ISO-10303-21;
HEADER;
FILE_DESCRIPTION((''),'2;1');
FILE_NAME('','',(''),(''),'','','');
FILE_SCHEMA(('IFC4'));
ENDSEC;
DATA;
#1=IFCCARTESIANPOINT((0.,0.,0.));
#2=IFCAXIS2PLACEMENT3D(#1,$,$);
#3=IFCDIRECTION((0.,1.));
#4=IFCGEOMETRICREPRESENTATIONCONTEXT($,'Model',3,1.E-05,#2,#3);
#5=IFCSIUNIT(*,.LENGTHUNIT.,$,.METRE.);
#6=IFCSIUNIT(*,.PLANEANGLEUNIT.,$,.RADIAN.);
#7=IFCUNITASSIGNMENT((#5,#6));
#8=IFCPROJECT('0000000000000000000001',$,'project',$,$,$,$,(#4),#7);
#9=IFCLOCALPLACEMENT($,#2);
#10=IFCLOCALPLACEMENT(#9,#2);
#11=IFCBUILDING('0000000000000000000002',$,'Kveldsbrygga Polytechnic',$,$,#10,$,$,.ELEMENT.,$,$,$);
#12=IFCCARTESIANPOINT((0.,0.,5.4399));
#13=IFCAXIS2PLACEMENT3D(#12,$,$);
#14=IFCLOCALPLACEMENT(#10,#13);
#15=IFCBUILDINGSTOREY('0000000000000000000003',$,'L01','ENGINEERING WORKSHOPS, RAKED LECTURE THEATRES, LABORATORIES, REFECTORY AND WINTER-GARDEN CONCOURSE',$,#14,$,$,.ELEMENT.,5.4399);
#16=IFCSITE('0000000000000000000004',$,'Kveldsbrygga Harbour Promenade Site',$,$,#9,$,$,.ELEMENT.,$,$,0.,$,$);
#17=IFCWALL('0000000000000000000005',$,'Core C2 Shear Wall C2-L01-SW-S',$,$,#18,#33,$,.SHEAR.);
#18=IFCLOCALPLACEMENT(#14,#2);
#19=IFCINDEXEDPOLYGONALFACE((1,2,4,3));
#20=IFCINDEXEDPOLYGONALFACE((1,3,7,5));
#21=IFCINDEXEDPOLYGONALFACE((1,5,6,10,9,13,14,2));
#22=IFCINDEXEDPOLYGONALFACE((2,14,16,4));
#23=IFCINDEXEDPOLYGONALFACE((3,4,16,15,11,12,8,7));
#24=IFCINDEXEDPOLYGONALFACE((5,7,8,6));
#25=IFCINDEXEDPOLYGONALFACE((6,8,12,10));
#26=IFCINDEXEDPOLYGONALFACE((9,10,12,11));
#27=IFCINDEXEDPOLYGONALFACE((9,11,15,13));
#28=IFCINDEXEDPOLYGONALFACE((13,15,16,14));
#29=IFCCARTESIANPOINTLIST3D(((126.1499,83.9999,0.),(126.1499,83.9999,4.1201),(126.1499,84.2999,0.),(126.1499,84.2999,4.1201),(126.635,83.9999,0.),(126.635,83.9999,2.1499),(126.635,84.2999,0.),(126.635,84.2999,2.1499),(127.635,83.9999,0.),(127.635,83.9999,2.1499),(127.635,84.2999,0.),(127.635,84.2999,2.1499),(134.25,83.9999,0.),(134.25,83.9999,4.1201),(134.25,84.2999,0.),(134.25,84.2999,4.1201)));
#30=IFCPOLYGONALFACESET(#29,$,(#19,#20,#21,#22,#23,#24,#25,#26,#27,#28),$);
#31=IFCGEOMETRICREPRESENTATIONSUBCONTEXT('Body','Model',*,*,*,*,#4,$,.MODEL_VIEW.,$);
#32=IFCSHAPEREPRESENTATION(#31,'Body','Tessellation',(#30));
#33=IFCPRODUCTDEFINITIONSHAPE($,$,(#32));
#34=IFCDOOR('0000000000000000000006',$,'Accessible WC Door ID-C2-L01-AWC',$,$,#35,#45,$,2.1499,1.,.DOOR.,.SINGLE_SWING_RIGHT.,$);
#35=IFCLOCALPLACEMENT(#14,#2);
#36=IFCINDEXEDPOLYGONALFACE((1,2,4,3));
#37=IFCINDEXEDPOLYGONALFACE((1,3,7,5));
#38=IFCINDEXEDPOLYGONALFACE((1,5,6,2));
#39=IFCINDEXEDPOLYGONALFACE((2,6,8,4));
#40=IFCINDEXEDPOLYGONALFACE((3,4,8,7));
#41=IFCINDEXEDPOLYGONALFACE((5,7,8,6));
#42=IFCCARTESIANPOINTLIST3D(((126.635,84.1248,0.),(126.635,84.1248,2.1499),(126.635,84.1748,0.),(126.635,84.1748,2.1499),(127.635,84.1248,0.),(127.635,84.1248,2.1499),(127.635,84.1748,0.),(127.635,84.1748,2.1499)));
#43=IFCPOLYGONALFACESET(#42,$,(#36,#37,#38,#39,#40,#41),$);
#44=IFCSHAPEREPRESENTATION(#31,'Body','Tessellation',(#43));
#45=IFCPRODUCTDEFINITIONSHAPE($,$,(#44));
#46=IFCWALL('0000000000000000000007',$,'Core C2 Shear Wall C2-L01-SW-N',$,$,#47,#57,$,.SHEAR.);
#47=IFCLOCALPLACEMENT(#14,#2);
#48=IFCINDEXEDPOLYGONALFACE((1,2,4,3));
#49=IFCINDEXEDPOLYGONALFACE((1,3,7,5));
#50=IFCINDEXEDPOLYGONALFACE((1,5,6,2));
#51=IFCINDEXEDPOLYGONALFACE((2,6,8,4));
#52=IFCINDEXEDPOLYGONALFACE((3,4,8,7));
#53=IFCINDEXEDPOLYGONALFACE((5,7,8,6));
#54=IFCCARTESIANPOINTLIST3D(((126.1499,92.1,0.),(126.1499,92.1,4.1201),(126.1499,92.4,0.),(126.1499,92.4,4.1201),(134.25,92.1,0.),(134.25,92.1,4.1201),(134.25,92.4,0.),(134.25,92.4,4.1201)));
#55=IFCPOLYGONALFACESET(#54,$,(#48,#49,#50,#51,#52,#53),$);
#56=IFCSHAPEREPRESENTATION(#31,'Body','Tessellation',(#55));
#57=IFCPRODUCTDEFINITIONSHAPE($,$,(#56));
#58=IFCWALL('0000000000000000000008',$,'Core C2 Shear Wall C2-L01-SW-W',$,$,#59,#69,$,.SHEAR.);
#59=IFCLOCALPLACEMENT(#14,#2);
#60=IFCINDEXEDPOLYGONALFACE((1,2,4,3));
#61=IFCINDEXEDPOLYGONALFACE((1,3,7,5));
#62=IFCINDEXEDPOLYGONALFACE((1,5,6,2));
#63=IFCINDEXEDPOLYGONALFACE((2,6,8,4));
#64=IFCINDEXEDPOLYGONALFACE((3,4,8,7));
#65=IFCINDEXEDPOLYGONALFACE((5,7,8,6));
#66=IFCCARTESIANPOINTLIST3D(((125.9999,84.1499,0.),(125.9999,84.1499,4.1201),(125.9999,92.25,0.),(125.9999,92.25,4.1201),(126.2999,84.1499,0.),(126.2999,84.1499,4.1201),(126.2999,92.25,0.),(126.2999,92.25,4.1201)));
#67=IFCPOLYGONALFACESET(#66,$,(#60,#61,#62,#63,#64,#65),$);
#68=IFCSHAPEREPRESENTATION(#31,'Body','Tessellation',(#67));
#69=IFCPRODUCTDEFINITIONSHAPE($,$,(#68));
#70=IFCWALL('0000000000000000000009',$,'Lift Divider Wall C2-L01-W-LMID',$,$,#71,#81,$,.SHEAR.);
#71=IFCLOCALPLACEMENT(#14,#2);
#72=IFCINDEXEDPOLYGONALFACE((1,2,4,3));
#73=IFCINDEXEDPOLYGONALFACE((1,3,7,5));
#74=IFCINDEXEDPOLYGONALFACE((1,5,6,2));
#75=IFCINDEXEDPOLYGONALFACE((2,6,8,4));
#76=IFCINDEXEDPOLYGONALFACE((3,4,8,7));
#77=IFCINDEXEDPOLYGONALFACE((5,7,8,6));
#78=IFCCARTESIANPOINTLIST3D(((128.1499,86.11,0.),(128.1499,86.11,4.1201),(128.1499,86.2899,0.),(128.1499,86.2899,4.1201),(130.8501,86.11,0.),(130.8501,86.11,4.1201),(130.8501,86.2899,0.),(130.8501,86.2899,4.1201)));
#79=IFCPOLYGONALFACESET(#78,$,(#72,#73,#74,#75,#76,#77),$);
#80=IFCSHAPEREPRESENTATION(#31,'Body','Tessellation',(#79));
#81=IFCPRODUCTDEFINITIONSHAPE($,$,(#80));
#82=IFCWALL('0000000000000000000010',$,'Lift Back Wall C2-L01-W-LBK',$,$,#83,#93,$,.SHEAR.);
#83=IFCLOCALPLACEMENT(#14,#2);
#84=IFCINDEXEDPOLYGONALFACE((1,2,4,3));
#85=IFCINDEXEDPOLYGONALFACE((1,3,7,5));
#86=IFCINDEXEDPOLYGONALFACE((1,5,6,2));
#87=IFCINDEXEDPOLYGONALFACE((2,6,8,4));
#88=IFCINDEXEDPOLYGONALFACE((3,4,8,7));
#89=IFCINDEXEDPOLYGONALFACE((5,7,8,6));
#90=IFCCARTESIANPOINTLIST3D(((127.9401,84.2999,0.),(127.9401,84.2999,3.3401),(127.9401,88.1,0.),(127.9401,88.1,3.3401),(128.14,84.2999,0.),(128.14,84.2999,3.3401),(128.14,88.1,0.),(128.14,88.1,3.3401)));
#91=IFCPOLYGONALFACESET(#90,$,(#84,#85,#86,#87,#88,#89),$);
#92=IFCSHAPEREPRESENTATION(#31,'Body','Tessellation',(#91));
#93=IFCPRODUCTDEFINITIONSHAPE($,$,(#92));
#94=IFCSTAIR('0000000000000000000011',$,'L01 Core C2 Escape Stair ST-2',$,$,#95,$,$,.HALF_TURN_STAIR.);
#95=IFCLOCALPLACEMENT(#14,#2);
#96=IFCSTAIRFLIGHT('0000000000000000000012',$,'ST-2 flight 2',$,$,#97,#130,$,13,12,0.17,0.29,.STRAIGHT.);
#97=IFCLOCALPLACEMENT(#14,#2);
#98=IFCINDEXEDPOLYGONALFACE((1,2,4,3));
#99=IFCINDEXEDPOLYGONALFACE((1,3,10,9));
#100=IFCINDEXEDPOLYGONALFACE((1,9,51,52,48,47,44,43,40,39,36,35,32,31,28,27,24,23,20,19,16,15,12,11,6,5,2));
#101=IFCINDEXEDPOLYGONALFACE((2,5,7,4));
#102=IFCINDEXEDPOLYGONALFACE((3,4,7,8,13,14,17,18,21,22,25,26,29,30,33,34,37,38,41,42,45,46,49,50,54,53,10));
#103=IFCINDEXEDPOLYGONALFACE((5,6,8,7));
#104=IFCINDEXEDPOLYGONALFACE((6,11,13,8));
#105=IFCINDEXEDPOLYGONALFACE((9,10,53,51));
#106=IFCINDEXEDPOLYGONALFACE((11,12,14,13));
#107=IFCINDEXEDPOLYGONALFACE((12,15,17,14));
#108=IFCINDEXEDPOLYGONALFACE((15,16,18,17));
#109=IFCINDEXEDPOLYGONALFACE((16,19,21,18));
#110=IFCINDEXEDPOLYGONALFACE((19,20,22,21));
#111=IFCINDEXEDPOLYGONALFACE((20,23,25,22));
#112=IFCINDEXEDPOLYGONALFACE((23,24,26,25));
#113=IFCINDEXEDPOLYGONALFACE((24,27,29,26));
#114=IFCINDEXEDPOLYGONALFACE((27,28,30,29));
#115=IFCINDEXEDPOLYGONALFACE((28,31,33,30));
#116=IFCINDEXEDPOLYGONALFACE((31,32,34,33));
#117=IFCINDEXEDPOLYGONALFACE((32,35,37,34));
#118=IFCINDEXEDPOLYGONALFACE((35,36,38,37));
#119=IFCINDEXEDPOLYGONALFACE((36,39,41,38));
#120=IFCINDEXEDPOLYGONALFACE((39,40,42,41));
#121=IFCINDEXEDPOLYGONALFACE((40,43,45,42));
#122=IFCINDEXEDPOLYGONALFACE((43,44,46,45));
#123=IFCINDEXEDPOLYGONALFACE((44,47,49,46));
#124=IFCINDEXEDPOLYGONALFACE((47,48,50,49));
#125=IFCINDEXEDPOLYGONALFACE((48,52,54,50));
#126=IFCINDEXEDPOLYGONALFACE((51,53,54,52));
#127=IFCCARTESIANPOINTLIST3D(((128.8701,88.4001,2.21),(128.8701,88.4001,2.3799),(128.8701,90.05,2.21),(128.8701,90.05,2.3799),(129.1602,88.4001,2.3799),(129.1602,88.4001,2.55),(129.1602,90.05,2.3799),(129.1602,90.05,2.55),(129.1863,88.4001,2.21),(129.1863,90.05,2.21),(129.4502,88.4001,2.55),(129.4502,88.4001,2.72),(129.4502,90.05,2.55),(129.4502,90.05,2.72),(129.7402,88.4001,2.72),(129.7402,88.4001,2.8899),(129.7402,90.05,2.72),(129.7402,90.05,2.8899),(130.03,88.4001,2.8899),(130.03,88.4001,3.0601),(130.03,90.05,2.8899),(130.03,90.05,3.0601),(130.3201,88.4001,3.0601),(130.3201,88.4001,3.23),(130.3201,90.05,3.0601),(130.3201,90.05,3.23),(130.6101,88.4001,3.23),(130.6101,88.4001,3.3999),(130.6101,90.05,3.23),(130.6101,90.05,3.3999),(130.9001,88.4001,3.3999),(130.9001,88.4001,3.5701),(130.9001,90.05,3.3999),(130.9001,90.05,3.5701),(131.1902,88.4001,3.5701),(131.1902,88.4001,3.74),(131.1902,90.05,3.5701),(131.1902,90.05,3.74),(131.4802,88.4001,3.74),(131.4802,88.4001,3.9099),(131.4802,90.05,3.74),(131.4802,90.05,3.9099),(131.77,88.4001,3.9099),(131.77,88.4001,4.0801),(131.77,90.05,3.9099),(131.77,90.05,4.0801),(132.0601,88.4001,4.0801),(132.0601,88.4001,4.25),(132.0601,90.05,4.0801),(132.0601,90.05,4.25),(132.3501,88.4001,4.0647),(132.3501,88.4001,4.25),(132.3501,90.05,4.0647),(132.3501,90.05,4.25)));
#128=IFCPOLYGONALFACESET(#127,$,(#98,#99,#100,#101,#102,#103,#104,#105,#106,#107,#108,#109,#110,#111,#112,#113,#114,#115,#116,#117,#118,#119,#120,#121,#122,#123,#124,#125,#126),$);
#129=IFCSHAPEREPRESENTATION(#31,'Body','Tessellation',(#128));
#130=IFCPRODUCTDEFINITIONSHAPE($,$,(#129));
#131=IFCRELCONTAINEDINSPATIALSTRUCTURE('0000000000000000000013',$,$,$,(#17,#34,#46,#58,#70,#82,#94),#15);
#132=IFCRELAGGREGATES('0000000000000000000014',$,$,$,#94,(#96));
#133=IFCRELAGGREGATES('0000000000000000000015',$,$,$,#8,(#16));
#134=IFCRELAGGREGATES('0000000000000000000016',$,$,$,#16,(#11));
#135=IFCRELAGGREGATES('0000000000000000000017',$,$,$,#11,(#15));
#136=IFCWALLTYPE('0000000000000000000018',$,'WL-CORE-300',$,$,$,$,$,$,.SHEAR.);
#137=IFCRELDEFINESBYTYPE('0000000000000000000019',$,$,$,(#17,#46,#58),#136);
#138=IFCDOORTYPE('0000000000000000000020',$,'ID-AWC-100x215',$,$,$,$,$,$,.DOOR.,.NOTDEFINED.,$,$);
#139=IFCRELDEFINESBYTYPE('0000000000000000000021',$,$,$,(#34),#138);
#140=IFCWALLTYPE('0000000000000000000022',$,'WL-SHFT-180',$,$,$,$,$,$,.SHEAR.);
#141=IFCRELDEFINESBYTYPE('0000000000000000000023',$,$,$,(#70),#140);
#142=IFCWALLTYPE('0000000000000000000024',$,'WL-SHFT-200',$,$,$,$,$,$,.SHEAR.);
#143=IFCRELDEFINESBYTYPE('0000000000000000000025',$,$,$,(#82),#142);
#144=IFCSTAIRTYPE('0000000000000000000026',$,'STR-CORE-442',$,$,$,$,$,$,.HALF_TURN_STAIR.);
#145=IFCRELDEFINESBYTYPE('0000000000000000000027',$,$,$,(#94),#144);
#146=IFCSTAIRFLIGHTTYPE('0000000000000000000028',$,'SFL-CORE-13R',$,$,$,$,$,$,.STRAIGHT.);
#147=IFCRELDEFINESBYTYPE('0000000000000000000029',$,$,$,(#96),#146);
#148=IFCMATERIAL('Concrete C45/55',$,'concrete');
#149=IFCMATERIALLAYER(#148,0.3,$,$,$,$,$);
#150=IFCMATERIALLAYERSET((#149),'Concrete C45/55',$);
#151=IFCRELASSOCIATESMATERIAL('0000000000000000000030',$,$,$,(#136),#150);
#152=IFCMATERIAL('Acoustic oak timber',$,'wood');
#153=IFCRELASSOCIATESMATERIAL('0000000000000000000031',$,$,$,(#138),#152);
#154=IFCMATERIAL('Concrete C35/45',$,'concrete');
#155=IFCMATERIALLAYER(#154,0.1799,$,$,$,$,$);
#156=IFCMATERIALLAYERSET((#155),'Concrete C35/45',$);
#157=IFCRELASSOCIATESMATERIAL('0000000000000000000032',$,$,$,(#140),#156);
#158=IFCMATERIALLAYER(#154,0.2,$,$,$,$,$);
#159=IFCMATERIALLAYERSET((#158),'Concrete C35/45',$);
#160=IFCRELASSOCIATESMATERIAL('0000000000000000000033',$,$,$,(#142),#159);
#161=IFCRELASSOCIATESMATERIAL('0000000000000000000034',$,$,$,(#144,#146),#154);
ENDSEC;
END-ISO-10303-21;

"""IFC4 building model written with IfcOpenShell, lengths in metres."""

from ifc_helpers import new_model, si_unit, direction, frame, frame_2d, origin, place, context, subcontext, project, spatial, polyline, rectangle, outline, extrude, material, layer, layer_set, type_object, element, fill, aggregate, save


model = new_model("IFC4")

# Units and contexts
model_context = context("Model", 3, precision=1e-05, world=origin(), true_north=direction((0.0, 1.0)))
body_context = subcontext(model_context, "Body", "Model", "MODEL_VIEW")
ifc_project = project(units=[si_unit("LENGTHUNIT", "METRE"), si_unit("PLANEANGLEUNIT", "RADIAN")], contexts=[model_context])

# Site, building, storey
site_placement = place(None, origin())
site = spatial("IfcSite", under=ifc_project, at=site_placement, Name="Kveldsbrygga Harbour Promenade Site", CompositionType="ELEMENT", RefElevation=0.0)
building_placement = place(site_placement, origin())
building = spatial("IfcBuilding", under=site, at=building_placement, Name="Kveldsbrygga Polytechnic", CompositionType="ELEMENT")
storey_placement = place(building_placement, frame((0.0, 0.0, 5.4399)))
storey = spatial("IfcBuildingStorey", under=building, at=storey_placement, Name="L01", Description="ENGINEERING WORKSHOPS, RAKED LECTURE THEATRES, LABORATORIES, REFECTORY AND WINTER-GARDEN CONCOURSE", CompositionType="ELEMENT", Elevation=5.4399)

# Shared definitions
ifc_material_1 = material(Name="Concrete C45/55", Category="concrete")

# Shared definitions
ifc_material_2 = material(Name="Concrete C35/45", Category="concrete")

# Shared definitions
ifc_material_3 = material(Name="Acoustic oak timber", Category="wood")

# Wall, opening, door
ifc_layer_1 = layer(ifc_material_1, 0.3)
ifc_layer_set_1 = layer_set([ifc_layer_1], Name="Concrete C45/55")
wall_type_1 = type_object("IfcWallType", Name="WL-CORE-300", PredefinedType="SHEAR", material=ifc_layer_set_1)
wall_1_placement = place(storey_placement, frame((126.1499, 84.1499, 0.0), z_axis=(0.0, 0.0, 1.0), x_axis=(1.0, 0.0, 0.0)))
wall_1 = element("IfcWall", 1, at=wall_1_placement, inside=storey, type_object=wall_type_1, Name="Core C2 Shear Wall C2-L01-SW-S", PredefinedType="SHEAR", context=body_context, shape_type="SweptSolid", body=[
    extrude(rectangle(XDim=8.1001, YDim=0.3, at=frame_2d((4.05, 0.0))), origin(), (0.0, 0.0, 1.0), 4.1201),
])
opening_1_placement = place(wall_1_placement, frame((0.4851, 0.0, 0.0)))
opening_1 = element("IfcOpeningElement", 2, at=opening_1_placement, cuts=wall_1, PredefinedType="OPENING", context=body_context, shape_type="SweptSolid", body=[
    extrude(rectangle(XDim=1.0, YDim=2.1499, at=frame_2d((0.5, 1.075))), frame((0.0, 0.1602, 0.0), z_axis=(0.0, -1.0, 0.0), x_axis=(1.0, 0.0, 0.0)), (0.0, 0.0, 1.0), 0.3201),
])
door_type_1 = type_object("IfcDoorType", Name="ID-AWC-100x215", OperationType="NOTDEFINED", PredefinedType="DOOR", material=ifc_material_3)
door_1_placement = place(opening_1_placement, origin())
door_1 = element("IfcDoor", 3, at=door_1_placement, inside=storey, type_object=door_type_1, Name="Accessible WC Door ID-C2-L01-AWC", OperationType="SINGLE_SWING_RIGHT", OverallHeight=2.1499, OverallWidth=1.0, PredefinedType="DOOR", context=body_context, shape_type="SweptSolid", body=[
    extrude(rectangle(XDim=1.0, YDim=2.1499, at=frame_2d((0.5, 1.075))), frame((0.0, 0.0249, 0.0), z_axis=(0.0, -1.0, 0.0), x_axis=(1.0, 0.0, 0.0)), (0.0, 0.0, 1.0), 0.05),
])
fill(opening_1, door_1)

# Walls
for number, where, z_axis, x_axis, name in (
    (4, (126.1499, 92.25, 0.0), (0.0, 0.0, 1.0), (1.0, 0.0, 0.0), "Core C2 Shear Wall C2-L01-SW-N"),
    (5, (126.1499, 84.1499, 0.0), (0.0, 0.0, 1.0), (0.0, 1.0, 0.0), "Core C2 Shear Wall C2-L01-SW-W"),
):
    element("IfcWall", number, at=place(storey_placement, frame(where, z_axis=z_axis, x_axis=x_axis)), inside=storey, type_object=wall_type_1, Name=name, PredefinedType="SHEAR", context=body_context, shape_type="SweptSolid", body=[
        extrude(rectangle(XDim=8.1001, YDim=0.3, at=frame_2d((4.05, 0.0))), origin(), (0.0, 0.0, 1.0), 4.1201),
    ])

# Walls
ifc_layer_2 = layer(ifc_material_2, 0.1799)
ifc_layer_set_2 = layer_set([ifc_layer_2], Name="Concrete C35/45")
wall_type_2 = type_object("IfcWallType", Name="WL-SHFT-180", PredefinedType="SHEAR", material=ifc_layer_set_2)
wall_2_placement = place(storey_placement, frame((128.1499, 86.2, 0.0), z_axis=(0.0, 0.0, 1.0), x_axis=(1.0, 0.0, 0.0)))
element("IfcWall", 6, at=wall_2_placement, inside=storey, type_object=wall_type_2, Name="Lift Divider Wall C2-L01-W-LMID", PredefinedType="SHEAR", context=body_context, shape_type="SweptSolid", body=[
    extrude(rectangle(XDim=2.7002, YDim=0.1799, at=frame_2d((1.3501, 0.0))), origin(), (0.0, 0.0, 1.0), 4.1201),
])
ifc_layer_3 = layer(ifc_material_2, 0.2)
ifc_layer_set_3 = layer_set([ifc_layer_3], Name="Concrete C35/45")
wall_type_3 = type_object("IfcWallType", Name="WL-SHFT-200", PredefinedType="SHEAR", material=ifc_layer_set_3)
wall_3_placement = place(storey_placement, frame((128.04, 84.3, 0.0), z_axis=(0.0, 0.0, 1.0), x_axis=(0.0, 1.0, 0.0)))
element("IfcWall", 7, at=wall_3_placement, inside=storey, type_object=wall_type_3, Name="Lift Back Wall C2-L01-W-LBK", PredefinedType="SHEAR", context=body_context, shape_type="SweptSolid", body=[
    extrude(rectangle(XDim=3.8, YDim=0.2, at=frame_2d((1.8999, 0.0))), origin(), (0.0, 0.0, 1.0), 3.3401),
])

# Stair, stair flight
stair_type = type_object("IfcStairType", Name="STR-CORE-442", PredefinedType="HALF_TURN_STAIR", material=ifc_material_2)
stair_placement = place(storey_placement, origin())
stair = element("IfcStair", 8, at=stair_placement, inside=storey, type_object=stair_type, Name="L01 Core C2 Escape Stair ST-2", PredefinedType="HALF_TURN_STAIR")
stair_flight_type = type_object("IfcStairFlightType", Name="SFL-CORE-13R", PredefinedType="STRAIGHT", material=ifc_material_2)
stair_flight_placement = place(storey_placement, frame((128.8701, 89.2251, 2.21), z_axis=(0.0, 0.0, 1.0), x_axis=(1.0, 0.0, 0.0)))
stair_flight = element("IfcStairFlight", 9, at=stair_flight_placement, type_object=stair_flight_type, Name="ST-2 flight 2", NumberOfRisers=13, NumberOfTreads=12, PredefinedType="STRAIGHT", RiserHeight=0.17, TreadLength=0.29, context=body_context, shape_type="SweptSolid", body=[
    extrude(outline(polyline([(0.0, 0.0), (0.0, 0.1699), (0.29, 0.1699), (0.29, 0.3401), (0.5801, 0.3401), (0.5801, 0.51), (0.8701, 0.51), (0.8701, 0.6799), (1.1599, 0.6799), (1.1599, 0.8501), (1.45, 0.8501), (1.45, 1.02), (1.74, 1.02), (1.74, 1.1899), (2.03, 1.1899), (2.03, 1.3601), (2.3201, 1.3601), (2.3201, 1.53), (2.6101, 1.53), (2.6101, 1.7), (2.8999, 1.7), (2.8999, 1.8701), (3.1899, 1.8701), (3.1899, 2.04), (3.48, 2.04), (3.48, 2.21), (3.48, 1.8547), (0.3162, 0.0), (0.0, 0.0)])), frame((0.0, 0.825, 0.0), z_axis=(0.0, -1.0, 0.0), x_axis=(1.0, 0.0, 0.0)), (0.0, 0.0, 1.0), 1.6499),
])
aggregate(stair, [stair_flight])

save(model, "model.ifc")
